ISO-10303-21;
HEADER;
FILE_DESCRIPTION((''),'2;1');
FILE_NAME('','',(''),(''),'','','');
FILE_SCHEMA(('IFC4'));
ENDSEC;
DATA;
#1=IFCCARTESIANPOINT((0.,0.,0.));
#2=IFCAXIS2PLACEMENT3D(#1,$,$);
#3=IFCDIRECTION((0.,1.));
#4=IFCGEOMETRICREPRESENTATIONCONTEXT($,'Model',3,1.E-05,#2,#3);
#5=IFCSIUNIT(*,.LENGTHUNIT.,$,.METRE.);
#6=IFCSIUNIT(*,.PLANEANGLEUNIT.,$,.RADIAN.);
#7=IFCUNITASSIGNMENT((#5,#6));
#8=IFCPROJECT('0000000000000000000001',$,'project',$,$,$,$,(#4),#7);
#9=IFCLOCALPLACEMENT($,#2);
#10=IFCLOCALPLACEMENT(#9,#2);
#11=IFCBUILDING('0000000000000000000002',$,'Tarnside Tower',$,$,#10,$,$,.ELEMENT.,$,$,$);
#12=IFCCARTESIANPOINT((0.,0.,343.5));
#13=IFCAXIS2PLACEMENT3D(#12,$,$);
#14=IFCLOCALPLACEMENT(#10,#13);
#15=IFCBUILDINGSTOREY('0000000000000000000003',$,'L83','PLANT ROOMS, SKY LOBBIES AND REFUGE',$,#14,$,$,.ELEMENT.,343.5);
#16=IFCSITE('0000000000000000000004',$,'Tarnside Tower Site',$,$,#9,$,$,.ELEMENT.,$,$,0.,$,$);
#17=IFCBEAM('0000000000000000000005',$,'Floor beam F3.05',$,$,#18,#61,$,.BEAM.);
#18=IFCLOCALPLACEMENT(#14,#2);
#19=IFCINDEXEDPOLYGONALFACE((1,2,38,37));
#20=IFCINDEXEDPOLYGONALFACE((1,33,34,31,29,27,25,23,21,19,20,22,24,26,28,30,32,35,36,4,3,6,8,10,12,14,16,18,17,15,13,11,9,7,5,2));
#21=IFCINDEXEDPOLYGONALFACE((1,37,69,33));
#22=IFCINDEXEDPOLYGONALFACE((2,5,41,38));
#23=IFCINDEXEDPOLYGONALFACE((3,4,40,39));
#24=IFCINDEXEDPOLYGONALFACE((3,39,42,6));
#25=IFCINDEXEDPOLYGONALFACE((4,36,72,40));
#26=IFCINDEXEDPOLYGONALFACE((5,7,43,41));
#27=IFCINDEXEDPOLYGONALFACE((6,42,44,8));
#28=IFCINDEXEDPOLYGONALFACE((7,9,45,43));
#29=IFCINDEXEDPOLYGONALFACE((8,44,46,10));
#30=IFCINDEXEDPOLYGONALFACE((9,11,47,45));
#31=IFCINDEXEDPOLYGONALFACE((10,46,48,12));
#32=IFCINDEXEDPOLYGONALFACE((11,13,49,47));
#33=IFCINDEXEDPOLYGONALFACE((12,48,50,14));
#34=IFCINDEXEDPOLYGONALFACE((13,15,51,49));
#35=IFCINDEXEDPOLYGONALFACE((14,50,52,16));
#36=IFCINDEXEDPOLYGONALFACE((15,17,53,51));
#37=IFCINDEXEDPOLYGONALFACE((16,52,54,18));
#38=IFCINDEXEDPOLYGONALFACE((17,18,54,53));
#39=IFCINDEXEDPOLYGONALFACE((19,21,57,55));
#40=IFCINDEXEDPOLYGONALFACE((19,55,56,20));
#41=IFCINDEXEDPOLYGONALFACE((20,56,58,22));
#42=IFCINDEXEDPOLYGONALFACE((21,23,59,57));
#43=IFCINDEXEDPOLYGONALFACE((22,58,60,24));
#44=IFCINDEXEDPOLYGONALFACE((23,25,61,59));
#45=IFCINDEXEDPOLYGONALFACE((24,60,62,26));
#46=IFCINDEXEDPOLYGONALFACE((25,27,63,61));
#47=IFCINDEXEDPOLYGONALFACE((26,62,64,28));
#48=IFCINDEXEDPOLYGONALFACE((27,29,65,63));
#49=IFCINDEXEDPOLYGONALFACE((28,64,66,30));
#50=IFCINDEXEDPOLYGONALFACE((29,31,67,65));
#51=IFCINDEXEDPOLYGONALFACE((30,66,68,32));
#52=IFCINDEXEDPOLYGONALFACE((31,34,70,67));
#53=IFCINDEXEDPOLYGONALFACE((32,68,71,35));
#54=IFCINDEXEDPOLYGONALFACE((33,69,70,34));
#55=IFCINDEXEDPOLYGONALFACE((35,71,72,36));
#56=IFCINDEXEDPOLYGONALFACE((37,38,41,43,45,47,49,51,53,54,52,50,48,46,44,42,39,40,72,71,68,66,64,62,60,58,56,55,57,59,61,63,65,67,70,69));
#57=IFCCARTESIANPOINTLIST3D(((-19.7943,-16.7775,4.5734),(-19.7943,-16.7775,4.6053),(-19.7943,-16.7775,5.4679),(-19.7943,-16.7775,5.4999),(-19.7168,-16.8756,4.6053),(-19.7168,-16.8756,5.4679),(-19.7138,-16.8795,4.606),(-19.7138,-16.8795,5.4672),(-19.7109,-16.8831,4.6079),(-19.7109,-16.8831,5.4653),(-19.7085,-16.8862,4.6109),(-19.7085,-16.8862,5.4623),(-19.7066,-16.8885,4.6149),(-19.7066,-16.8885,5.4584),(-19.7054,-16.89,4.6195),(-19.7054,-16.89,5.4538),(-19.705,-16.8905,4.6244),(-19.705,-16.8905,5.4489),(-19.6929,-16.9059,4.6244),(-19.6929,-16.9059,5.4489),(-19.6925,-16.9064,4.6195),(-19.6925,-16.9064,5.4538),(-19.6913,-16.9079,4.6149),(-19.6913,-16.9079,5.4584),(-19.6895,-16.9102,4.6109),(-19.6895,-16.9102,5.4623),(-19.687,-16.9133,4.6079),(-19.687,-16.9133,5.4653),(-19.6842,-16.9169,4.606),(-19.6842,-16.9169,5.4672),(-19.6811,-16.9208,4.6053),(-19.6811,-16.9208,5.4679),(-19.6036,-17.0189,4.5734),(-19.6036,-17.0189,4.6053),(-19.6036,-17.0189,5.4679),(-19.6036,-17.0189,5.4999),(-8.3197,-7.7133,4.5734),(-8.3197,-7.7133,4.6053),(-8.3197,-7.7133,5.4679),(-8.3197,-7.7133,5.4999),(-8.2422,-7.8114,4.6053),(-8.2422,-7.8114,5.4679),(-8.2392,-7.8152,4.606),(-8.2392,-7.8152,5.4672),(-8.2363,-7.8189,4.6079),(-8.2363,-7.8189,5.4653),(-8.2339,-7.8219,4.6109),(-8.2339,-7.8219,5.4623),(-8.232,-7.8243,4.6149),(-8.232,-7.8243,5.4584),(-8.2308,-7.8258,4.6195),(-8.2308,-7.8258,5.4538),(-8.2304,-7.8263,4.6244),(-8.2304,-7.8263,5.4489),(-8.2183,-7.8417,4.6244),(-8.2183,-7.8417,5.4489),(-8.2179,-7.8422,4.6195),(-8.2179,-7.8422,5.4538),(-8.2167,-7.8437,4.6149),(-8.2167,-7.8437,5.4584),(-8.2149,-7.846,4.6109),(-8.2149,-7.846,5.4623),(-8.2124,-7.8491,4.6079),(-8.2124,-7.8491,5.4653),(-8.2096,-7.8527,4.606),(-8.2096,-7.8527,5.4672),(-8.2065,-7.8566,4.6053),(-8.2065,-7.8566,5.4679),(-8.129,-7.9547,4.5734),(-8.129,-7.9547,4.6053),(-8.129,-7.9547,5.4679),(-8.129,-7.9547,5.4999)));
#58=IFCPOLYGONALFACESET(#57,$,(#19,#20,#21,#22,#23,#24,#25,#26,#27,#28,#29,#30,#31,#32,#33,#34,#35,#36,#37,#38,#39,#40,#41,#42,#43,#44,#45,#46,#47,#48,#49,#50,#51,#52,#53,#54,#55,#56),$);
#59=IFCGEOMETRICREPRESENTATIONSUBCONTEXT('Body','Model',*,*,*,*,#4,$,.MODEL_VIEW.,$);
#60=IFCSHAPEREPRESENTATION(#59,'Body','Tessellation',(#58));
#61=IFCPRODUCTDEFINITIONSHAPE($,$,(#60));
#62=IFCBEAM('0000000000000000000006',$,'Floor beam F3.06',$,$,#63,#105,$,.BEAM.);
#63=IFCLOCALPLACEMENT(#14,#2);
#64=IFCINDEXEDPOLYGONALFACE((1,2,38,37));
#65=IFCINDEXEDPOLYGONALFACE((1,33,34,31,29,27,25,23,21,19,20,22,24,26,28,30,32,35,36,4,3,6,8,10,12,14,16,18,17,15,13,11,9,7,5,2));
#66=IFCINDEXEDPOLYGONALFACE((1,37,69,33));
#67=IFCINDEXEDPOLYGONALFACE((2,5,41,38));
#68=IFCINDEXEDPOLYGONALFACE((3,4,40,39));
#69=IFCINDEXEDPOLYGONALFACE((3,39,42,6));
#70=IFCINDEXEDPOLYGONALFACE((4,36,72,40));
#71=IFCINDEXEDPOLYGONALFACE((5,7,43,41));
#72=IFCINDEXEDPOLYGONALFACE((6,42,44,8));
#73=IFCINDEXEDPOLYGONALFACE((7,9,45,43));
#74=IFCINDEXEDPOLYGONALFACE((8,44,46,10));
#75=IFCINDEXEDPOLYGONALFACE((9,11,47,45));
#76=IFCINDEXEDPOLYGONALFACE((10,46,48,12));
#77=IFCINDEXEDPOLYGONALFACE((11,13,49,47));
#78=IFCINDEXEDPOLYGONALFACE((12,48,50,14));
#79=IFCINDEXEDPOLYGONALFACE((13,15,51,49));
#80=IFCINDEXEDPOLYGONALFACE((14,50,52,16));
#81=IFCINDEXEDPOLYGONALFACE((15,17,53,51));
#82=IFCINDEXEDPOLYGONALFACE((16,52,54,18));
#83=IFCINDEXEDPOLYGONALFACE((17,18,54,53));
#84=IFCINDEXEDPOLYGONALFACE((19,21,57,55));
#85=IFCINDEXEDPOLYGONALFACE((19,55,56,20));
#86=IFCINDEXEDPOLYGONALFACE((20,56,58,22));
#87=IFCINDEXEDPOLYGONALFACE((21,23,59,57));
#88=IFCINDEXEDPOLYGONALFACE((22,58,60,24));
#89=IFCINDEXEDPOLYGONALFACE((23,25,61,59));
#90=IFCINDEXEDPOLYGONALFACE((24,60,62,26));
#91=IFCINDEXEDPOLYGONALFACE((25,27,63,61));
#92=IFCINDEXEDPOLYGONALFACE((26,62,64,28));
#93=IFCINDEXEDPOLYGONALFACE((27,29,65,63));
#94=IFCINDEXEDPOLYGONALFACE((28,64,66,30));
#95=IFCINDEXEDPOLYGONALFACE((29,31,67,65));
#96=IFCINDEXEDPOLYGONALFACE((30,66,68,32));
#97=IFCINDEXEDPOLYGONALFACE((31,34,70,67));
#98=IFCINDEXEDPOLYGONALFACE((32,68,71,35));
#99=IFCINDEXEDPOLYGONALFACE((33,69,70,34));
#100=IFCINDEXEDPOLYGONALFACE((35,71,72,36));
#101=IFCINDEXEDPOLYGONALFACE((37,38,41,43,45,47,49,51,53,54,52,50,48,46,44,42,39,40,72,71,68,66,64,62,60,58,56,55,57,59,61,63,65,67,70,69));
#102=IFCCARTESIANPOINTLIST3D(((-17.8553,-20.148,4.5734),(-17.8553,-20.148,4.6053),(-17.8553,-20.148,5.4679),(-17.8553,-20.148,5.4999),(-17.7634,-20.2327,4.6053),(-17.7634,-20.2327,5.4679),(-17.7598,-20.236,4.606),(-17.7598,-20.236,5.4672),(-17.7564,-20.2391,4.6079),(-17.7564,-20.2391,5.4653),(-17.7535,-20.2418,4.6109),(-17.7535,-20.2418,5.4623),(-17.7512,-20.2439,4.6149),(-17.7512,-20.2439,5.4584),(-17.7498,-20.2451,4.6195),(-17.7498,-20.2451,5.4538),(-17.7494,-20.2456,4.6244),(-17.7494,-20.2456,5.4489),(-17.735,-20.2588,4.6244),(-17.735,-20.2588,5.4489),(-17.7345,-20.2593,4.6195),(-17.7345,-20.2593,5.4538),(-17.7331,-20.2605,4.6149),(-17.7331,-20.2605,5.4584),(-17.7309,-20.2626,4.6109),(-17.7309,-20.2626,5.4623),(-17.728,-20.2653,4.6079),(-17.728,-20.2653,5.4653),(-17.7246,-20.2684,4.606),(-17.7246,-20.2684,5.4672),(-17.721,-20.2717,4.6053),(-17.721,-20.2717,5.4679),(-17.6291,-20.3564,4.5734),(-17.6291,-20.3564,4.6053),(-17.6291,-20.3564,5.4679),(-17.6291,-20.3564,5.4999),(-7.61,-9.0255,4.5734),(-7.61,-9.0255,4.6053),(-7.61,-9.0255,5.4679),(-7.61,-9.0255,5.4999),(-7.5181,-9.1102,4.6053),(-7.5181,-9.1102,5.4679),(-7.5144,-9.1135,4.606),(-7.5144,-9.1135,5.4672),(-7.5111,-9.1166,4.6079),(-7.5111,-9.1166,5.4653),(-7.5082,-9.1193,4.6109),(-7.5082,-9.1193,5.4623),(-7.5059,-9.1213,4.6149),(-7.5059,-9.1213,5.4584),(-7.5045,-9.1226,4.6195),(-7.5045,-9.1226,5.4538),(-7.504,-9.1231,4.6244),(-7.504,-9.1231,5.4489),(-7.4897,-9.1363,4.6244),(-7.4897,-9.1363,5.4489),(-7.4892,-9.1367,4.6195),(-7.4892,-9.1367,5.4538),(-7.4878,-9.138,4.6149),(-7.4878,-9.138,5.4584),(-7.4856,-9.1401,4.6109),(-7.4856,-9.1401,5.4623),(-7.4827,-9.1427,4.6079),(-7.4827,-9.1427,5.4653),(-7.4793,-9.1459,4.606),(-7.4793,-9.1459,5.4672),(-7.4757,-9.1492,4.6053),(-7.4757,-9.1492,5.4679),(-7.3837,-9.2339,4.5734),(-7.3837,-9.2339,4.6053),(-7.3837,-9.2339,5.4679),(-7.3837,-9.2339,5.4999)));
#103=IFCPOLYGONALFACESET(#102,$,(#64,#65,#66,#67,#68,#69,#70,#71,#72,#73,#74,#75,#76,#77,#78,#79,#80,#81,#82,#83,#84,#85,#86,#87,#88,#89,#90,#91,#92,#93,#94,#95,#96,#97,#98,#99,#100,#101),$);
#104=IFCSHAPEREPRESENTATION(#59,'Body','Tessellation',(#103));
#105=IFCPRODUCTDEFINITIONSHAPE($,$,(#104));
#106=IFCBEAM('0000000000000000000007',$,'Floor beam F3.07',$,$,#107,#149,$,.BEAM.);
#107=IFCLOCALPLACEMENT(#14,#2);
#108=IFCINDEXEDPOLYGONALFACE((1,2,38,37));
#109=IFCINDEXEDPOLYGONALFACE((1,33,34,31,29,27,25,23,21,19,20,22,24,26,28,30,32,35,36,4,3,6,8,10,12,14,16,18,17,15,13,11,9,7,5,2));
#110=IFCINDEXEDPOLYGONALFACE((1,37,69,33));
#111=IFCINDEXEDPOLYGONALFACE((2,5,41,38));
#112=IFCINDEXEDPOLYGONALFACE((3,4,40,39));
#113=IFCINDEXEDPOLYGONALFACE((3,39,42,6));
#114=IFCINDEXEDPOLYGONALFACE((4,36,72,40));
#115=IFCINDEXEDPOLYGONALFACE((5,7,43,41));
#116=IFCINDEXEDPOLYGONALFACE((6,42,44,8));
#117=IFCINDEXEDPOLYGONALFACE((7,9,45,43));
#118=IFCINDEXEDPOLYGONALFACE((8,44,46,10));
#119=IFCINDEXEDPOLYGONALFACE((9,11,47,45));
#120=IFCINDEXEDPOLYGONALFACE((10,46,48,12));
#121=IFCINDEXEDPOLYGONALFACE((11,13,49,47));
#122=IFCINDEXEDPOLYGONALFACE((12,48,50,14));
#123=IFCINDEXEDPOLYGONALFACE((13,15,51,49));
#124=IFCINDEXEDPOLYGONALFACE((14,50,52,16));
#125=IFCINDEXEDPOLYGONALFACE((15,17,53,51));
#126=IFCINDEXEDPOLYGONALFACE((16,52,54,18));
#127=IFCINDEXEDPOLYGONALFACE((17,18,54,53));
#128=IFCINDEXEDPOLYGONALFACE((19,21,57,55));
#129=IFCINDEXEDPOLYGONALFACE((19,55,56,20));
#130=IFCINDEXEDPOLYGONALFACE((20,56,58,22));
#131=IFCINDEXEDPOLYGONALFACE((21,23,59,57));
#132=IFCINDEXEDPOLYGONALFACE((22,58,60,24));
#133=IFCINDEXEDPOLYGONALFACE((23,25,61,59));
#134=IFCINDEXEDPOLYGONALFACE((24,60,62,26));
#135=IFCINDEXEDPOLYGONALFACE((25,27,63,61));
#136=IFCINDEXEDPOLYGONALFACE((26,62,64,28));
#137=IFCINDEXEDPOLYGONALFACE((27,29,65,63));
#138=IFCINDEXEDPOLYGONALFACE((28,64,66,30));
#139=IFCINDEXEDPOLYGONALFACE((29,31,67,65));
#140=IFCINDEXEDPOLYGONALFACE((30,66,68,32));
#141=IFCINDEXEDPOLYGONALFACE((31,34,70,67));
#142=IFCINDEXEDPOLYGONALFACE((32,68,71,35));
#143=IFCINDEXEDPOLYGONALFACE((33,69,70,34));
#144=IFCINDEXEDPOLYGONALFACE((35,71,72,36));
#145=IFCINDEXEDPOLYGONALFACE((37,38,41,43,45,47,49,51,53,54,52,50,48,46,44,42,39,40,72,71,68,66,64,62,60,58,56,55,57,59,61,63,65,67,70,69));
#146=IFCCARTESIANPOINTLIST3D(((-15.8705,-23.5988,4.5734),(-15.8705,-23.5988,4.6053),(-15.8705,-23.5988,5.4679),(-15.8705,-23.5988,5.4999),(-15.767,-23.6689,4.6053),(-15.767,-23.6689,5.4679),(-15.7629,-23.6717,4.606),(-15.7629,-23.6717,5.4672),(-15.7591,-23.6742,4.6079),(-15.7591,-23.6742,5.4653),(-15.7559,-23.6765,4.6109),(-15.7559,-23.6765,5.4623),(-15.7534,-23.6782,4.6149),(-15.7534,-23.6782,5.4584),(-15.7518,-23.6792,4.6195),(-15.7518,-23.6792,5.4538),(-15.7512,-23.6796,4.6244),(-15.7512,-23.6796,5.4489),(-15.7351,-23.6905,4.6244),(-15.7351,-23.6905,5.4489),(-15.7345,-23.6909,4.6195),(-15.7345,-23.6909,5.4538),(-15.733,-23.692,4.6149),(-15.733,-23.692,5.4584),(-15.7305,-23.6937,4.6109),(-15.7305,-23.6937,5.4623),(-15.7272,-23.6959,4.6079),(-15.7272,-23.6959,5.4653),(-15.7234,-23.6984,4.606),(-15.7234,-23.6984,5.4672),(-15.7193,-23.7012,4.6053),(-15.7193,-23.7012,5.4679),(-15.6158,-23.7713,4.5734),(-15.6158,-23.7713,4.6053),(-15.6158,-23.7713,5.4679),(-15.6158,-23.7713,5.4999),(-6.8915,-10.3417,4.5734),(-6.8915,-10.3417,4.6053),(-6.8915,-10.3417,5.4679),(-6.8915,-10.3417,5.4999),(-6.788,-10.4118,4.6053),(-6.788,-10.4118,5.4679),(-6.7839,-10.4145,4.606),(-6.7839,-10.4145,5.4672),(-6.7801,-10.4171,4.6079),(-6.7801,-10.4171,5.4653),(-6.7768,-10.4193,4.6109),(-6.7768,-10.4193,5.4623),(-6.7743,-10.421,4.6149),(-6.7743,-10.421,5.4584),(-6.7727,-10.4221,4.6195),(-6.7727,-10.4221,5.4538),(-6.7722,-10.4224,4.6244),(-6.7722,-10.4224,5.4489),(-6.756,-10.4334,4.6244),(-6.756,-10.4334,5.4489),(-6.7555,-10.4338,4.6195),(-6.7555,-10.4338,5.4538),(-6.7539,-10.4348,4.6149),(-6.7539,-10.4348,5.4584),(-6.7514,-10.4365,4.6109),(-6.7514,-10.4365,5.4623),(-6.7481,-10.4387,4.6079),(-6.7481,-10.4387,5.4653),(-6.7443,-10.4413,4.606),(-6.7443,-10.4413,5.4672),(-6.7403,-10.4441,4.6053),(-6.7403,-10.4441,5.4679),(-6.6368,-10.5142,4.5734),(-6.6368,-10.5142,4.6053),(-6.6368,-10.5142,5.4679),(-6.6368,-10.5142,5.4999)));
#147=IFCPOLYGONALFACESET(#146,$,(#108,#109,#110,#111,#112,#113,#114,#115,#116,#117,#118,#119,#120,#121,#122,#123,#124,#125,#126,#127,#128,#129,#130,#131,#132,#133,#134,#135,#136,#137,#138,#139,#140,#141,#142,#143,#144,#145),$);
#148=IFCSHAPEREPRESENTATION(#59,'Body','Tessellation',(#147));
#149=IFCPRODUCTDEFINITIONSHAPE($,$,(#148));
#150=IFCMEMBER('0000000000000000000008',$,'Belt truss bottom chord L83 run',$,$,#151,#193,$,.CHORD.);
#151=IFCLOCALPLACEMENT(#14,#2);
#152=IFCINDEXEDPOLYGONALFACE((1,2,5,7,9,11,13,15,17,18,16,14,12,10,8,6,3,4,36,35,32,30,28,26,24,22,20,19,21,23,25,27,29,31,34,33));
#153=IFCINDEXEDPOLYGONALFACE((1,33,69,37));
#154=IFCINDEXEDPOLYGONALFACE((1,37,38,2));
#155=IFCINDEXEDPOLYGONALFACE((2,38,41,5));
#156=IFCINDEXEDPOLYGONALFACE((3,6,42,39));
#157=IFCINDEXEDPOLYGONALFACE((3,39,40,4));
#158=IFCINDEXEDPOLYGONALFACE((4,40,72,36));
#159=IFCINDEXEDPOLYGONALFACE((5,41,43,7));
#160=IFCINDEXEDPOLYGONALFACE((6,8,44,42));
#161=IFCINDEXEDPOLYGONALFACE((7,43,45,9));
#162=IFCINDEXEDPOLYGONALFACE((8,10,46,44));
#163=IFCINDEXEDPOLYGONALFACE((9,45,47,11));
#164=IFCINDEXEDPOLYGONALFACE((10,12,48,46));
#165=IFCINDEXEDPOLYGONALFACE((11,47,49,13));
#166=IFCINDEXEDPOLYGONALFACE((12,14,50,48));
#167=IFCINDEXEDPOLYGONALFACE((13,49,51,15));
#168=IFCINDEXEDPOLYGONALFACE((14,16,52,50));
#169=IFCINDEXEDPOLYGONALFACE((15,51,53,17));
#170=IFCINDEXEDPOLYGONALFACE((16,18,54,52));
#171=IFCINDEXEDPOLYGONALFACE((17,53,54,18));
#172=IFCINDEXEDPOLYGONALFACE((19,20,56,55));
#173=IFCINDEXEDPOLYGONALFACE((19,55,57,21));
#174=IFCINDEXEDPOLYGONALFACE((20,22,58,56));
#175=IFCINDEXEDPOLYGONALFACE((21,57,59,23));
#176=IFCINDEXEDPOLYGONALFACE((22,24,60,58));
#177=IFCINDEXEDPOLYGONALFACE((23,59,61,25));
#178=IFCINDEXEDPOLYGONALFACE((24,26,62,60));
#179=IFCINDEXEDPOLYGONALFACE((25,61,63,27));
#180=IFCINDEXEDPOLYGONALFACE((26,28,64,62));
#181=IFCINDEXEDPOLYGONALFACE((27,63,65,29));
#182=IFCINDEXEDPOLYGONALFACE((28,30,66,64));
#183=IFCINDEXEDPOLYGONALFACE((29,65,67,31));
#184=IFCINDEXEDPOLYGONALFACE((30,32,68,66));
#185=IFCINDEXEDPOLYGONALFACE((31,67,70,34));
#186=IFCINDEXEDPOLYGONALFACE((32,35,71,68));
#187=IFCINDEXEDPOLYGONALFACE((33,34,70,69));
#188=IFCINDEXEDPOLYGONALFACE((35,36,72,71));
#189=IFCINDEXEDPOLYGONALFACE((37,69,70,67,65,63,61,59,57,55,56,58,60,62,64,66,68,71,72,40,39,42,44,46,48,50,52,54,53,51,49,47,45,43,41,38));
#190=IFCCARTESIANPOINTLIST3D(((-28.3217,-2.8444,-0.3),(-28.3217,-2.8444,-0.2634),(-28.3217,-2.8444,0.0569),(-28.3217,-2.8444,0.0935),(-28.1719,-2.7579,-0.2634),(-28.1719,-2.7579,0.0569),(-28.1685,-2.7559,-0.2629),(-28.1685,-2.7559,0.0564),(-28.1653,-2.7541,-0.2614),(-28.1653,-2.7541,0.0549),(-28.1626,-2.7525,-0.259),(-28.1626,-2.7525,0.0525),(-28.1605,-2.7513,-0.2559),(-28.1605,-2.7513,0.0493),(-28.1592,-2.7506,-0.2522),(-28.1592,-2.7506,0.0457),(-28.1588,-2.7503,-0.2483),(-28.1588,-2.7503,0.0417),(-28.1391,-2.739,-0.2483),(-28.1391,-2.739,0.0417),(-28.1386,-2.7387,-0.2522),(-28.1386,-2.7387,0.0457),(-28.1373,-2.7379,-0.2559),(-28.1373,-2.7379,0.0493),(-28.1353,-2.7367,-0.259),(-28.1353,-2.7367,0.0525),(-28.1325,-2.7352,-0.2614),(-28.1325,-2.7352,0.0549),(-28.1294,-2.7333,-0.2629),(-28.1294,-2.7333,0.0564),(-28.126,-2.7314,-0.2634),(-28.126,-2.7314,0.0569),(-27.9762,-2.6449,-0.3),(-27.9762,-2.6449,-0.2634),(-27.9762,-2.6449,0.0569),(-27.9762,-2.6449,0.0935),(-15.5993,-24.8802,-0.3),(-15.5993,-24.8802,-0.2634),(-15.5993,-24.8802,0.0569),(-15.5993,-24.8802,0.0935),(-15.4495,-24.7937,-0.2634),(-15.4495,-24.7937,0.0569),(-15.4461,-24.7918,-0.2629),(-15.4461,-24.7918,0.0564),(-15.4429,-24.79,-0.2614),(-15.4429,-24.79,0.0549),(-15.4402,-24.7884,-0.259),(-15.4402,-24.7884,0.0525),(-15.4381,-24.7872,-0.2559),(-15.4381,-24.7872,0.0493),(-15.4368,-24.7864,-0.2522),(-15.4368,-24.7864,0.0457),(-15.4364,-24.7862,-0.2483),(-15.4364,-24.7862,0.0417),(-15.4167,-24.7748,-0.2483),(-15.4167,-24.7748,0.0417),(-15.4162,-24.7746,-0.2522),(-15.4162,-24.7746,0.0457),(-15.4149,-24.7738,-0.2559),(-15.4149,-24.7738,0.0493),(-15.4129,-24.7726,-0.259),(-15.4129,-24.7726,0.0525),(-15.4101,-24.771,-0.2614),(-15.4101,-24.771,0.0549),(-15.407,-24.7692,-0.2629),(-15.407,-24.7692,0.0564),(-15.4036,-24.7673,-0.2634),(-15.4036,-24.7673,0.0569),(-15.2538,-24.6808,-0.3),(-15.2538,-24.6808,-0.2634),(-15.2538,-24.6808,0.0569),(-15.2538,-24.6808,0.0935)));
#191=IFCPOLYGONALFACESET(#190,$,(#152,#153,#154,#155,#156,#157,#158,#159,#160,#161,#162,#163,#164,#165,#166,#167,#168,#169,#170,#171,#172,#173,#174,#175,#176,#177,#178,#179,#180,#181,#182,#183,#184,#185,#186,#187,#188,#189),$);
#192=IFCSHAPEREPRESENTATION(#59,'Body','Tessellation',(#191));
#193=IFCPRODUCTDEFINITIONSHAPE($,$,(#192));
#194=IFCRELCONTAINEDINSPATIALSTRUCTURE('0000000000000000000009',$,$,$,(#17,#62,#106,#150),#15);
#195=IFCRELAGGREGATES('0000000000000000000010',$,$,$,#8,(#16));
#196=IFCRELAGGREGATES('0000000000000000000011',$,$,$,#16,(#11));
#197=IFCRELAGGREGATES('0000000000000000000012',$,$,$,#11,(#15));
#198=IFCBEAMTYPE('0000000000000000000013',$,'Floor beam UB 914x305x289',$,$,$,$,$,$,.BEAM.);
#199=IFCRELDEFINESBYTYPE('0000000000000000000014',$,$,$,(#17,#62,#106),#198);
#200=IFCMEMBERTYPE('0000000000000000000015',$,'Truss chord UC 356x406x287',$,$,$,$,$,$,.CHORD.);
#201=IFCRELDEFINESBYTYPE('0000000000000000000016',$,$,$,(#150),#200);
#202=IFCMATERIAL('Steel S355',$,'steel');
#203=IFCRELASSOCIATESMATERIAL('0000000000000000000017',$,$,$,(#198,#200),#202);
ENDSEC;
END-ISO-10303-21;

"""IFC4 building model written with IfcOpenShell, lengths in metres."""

from ifc_helpers import new_model, si_unit, direction, frame, origin, origin_2d, place, context, subcontext, project, spatial, i_section, extrude, material, material_profile, profile_set, type_object, element, save


model = new_model("IFC4")

# Units and contexts
model_context = context("Model", 3, precision=1e-05, world=origin(), true_north=direction((0.0, 1.0)))
body_context = subcontext(model_context, "Body", "Model", "MODEL_VIEW")
ifc_project = project(units=[si_unit("LENGTHUNIT", "METRE"), si_unit("PLANEANGLEUNIT", "RADIAN")], contexts=[model_context])

# Site, building, storey
site_placement = place(None, origin())
site = spatial("IfcSite", under=ifc_project, at=site_placement, Name="Tarnside Tower Site", CompositionType="ELEMENT", RefElevation=0.0)
building_placement = place(site_placement, origin())
building = spatial("IfcBuilding", under=site, at=building_placement, Name="Tarnside Tower", CompositionType="ELEMENT")
storey_placement = place(building_placement, frame((0.0, 0.0, 343.5)))
storey = spatial("IfcBuildingStorey", under=building, at=storey_placement, Name="L83", Description="PLANT ROOMS, SKY LOBBIES AND REFUGE", CompositionType="ELEMENT", Elevation=343.5)

# Beams
ifc_material_1 = material(Name="Steel S355", Category="steel")
ifc_material_profile_1 = material_profile(ifc_material_1, i_section(OverallWidth=0.3076, OverallDepth=0.9265, WebThickness=0.0195, FlangeThickness=0.032, FilletRadius=0.019, at=origin_2d()), Name="UB 914x305x289")
ifc_profile_set_1 = profile_set([ifc_material_profile_1], Name="Steel S355")
beam_type = type_object("IfcBeamType", Name="Floor beam UB 914x305x289", PredefinedType="BEAM", material=ifc_profile_set_1)
beam_1_placement = place(storey_placement, frame((-19.699, -16.8982, 5.0366), z_axis=(0.784706, 0.619868, 0.0), x_axis=(-0.619868, 0.784706, 0.0)))
element("IfcBeam", 1, at=beam_1_placement, inside=storey, type_object=beam_type, Name="Floor beam F3.05", PredefinedType="BEAM", context=body_context, shape_type="SweptSolid", body=[
    extrude(i_section(OverallWidth=0.3076, OverallDepth=0.9265, WebThickness=0.0195, FlangeThickness=0.032, FilletRadius=0.019, at=origin_2d()), origin(), (0.0, 0.0, 1.0), 14.6228),
])
beam_2_placement = place(storey_placement, frame((-17.7422, -20.2522, 5.0366), z_axis=(0.677508, 0.735515, 0.0), x_axis=(-0.735515, 0.677508, 0.0)))
element("IfcBeam", 2, at=beam_2_placement, inside=storey, type_object=beam_type, Name="Floor beam F3.06", PredefinedType="BEAM", context=body_context, shape_type="SweptSolid", body=[
    extrude(i_section(OverallWidth=0.3076, OverallDepth=0.9265, WebThickness=0.0195, FlangeThickness=0.032, FilletRadius=0.019, at=origin_2d()), origin(), (0.0, 0.0, 1.0), 15.1221),
])
beam_3_placement = place(storey_placement, frame((-15.7432, -23.6851, 5.0366), z_axis=(0.56078, 0.827965, 0.0), x_axis=(-0.827965, 0.56078, 0.0)))
element("IfcBeam", 3, at=beam_3_placement, inside=storey, type_object=beam_type, Name="Floor beam F3.07", PredefinedType="BEAM", context=body_context, shape_type="SweptSolid", body=[
    extrude(i_section(OverallWidth=0.3076, OverallDepth=0.9265, WebThickness=0.0195, FlangeThickness=0.032, FilletRadius=0.019, at=origin_2d()), origin(), (0.0, 0.0, 1.0), 16.0117),
])

# Member
ifc_material_profile_2 = material_profile(ifc_material_1, i_section(OverallWidth=0.3989, OverallDepth=0.3936, WebThickness=0.0227, FlangeThickness=0.0366, FilletRadius=0.0151, at=origin_2d()), Name="UC 356x406x287")
ifc_profile_set_2 = profile_set([ifc_material_profile_2], Name="Steel S355")
member_type_1 = type_object("IfcMemberType", Name="Truss chord UC 356x406x287", PredefinedType="CHORD", material=ifc_profile_set_2)
member_1_placement = place(storey_placement, frame((-28.1489, -2.7446, -0.1033), z_axis=(0.5, -0.866026, 0.0), x_axis=(0.866026, 0.5, 0.0)))
element("IfcMember", 4, at=member_1_placement, inside=storey, type_object=member_type_1, Name="Belt truss bottom chord L83 run", PredefinedType="CHORD", context=body_context, shape_type="SweptSolid", body=[
    extrude(i_section(OverallWidth=0.3989, OverallDepth=0.3936, WebThickness=0.0227, FlangeThickness=0.0366, FilletRadius=0.0151, at=origin_2d()), origin(), (0.0, 0.0, 1.0), 25.4448),
])

save(model, "model.ifc")
